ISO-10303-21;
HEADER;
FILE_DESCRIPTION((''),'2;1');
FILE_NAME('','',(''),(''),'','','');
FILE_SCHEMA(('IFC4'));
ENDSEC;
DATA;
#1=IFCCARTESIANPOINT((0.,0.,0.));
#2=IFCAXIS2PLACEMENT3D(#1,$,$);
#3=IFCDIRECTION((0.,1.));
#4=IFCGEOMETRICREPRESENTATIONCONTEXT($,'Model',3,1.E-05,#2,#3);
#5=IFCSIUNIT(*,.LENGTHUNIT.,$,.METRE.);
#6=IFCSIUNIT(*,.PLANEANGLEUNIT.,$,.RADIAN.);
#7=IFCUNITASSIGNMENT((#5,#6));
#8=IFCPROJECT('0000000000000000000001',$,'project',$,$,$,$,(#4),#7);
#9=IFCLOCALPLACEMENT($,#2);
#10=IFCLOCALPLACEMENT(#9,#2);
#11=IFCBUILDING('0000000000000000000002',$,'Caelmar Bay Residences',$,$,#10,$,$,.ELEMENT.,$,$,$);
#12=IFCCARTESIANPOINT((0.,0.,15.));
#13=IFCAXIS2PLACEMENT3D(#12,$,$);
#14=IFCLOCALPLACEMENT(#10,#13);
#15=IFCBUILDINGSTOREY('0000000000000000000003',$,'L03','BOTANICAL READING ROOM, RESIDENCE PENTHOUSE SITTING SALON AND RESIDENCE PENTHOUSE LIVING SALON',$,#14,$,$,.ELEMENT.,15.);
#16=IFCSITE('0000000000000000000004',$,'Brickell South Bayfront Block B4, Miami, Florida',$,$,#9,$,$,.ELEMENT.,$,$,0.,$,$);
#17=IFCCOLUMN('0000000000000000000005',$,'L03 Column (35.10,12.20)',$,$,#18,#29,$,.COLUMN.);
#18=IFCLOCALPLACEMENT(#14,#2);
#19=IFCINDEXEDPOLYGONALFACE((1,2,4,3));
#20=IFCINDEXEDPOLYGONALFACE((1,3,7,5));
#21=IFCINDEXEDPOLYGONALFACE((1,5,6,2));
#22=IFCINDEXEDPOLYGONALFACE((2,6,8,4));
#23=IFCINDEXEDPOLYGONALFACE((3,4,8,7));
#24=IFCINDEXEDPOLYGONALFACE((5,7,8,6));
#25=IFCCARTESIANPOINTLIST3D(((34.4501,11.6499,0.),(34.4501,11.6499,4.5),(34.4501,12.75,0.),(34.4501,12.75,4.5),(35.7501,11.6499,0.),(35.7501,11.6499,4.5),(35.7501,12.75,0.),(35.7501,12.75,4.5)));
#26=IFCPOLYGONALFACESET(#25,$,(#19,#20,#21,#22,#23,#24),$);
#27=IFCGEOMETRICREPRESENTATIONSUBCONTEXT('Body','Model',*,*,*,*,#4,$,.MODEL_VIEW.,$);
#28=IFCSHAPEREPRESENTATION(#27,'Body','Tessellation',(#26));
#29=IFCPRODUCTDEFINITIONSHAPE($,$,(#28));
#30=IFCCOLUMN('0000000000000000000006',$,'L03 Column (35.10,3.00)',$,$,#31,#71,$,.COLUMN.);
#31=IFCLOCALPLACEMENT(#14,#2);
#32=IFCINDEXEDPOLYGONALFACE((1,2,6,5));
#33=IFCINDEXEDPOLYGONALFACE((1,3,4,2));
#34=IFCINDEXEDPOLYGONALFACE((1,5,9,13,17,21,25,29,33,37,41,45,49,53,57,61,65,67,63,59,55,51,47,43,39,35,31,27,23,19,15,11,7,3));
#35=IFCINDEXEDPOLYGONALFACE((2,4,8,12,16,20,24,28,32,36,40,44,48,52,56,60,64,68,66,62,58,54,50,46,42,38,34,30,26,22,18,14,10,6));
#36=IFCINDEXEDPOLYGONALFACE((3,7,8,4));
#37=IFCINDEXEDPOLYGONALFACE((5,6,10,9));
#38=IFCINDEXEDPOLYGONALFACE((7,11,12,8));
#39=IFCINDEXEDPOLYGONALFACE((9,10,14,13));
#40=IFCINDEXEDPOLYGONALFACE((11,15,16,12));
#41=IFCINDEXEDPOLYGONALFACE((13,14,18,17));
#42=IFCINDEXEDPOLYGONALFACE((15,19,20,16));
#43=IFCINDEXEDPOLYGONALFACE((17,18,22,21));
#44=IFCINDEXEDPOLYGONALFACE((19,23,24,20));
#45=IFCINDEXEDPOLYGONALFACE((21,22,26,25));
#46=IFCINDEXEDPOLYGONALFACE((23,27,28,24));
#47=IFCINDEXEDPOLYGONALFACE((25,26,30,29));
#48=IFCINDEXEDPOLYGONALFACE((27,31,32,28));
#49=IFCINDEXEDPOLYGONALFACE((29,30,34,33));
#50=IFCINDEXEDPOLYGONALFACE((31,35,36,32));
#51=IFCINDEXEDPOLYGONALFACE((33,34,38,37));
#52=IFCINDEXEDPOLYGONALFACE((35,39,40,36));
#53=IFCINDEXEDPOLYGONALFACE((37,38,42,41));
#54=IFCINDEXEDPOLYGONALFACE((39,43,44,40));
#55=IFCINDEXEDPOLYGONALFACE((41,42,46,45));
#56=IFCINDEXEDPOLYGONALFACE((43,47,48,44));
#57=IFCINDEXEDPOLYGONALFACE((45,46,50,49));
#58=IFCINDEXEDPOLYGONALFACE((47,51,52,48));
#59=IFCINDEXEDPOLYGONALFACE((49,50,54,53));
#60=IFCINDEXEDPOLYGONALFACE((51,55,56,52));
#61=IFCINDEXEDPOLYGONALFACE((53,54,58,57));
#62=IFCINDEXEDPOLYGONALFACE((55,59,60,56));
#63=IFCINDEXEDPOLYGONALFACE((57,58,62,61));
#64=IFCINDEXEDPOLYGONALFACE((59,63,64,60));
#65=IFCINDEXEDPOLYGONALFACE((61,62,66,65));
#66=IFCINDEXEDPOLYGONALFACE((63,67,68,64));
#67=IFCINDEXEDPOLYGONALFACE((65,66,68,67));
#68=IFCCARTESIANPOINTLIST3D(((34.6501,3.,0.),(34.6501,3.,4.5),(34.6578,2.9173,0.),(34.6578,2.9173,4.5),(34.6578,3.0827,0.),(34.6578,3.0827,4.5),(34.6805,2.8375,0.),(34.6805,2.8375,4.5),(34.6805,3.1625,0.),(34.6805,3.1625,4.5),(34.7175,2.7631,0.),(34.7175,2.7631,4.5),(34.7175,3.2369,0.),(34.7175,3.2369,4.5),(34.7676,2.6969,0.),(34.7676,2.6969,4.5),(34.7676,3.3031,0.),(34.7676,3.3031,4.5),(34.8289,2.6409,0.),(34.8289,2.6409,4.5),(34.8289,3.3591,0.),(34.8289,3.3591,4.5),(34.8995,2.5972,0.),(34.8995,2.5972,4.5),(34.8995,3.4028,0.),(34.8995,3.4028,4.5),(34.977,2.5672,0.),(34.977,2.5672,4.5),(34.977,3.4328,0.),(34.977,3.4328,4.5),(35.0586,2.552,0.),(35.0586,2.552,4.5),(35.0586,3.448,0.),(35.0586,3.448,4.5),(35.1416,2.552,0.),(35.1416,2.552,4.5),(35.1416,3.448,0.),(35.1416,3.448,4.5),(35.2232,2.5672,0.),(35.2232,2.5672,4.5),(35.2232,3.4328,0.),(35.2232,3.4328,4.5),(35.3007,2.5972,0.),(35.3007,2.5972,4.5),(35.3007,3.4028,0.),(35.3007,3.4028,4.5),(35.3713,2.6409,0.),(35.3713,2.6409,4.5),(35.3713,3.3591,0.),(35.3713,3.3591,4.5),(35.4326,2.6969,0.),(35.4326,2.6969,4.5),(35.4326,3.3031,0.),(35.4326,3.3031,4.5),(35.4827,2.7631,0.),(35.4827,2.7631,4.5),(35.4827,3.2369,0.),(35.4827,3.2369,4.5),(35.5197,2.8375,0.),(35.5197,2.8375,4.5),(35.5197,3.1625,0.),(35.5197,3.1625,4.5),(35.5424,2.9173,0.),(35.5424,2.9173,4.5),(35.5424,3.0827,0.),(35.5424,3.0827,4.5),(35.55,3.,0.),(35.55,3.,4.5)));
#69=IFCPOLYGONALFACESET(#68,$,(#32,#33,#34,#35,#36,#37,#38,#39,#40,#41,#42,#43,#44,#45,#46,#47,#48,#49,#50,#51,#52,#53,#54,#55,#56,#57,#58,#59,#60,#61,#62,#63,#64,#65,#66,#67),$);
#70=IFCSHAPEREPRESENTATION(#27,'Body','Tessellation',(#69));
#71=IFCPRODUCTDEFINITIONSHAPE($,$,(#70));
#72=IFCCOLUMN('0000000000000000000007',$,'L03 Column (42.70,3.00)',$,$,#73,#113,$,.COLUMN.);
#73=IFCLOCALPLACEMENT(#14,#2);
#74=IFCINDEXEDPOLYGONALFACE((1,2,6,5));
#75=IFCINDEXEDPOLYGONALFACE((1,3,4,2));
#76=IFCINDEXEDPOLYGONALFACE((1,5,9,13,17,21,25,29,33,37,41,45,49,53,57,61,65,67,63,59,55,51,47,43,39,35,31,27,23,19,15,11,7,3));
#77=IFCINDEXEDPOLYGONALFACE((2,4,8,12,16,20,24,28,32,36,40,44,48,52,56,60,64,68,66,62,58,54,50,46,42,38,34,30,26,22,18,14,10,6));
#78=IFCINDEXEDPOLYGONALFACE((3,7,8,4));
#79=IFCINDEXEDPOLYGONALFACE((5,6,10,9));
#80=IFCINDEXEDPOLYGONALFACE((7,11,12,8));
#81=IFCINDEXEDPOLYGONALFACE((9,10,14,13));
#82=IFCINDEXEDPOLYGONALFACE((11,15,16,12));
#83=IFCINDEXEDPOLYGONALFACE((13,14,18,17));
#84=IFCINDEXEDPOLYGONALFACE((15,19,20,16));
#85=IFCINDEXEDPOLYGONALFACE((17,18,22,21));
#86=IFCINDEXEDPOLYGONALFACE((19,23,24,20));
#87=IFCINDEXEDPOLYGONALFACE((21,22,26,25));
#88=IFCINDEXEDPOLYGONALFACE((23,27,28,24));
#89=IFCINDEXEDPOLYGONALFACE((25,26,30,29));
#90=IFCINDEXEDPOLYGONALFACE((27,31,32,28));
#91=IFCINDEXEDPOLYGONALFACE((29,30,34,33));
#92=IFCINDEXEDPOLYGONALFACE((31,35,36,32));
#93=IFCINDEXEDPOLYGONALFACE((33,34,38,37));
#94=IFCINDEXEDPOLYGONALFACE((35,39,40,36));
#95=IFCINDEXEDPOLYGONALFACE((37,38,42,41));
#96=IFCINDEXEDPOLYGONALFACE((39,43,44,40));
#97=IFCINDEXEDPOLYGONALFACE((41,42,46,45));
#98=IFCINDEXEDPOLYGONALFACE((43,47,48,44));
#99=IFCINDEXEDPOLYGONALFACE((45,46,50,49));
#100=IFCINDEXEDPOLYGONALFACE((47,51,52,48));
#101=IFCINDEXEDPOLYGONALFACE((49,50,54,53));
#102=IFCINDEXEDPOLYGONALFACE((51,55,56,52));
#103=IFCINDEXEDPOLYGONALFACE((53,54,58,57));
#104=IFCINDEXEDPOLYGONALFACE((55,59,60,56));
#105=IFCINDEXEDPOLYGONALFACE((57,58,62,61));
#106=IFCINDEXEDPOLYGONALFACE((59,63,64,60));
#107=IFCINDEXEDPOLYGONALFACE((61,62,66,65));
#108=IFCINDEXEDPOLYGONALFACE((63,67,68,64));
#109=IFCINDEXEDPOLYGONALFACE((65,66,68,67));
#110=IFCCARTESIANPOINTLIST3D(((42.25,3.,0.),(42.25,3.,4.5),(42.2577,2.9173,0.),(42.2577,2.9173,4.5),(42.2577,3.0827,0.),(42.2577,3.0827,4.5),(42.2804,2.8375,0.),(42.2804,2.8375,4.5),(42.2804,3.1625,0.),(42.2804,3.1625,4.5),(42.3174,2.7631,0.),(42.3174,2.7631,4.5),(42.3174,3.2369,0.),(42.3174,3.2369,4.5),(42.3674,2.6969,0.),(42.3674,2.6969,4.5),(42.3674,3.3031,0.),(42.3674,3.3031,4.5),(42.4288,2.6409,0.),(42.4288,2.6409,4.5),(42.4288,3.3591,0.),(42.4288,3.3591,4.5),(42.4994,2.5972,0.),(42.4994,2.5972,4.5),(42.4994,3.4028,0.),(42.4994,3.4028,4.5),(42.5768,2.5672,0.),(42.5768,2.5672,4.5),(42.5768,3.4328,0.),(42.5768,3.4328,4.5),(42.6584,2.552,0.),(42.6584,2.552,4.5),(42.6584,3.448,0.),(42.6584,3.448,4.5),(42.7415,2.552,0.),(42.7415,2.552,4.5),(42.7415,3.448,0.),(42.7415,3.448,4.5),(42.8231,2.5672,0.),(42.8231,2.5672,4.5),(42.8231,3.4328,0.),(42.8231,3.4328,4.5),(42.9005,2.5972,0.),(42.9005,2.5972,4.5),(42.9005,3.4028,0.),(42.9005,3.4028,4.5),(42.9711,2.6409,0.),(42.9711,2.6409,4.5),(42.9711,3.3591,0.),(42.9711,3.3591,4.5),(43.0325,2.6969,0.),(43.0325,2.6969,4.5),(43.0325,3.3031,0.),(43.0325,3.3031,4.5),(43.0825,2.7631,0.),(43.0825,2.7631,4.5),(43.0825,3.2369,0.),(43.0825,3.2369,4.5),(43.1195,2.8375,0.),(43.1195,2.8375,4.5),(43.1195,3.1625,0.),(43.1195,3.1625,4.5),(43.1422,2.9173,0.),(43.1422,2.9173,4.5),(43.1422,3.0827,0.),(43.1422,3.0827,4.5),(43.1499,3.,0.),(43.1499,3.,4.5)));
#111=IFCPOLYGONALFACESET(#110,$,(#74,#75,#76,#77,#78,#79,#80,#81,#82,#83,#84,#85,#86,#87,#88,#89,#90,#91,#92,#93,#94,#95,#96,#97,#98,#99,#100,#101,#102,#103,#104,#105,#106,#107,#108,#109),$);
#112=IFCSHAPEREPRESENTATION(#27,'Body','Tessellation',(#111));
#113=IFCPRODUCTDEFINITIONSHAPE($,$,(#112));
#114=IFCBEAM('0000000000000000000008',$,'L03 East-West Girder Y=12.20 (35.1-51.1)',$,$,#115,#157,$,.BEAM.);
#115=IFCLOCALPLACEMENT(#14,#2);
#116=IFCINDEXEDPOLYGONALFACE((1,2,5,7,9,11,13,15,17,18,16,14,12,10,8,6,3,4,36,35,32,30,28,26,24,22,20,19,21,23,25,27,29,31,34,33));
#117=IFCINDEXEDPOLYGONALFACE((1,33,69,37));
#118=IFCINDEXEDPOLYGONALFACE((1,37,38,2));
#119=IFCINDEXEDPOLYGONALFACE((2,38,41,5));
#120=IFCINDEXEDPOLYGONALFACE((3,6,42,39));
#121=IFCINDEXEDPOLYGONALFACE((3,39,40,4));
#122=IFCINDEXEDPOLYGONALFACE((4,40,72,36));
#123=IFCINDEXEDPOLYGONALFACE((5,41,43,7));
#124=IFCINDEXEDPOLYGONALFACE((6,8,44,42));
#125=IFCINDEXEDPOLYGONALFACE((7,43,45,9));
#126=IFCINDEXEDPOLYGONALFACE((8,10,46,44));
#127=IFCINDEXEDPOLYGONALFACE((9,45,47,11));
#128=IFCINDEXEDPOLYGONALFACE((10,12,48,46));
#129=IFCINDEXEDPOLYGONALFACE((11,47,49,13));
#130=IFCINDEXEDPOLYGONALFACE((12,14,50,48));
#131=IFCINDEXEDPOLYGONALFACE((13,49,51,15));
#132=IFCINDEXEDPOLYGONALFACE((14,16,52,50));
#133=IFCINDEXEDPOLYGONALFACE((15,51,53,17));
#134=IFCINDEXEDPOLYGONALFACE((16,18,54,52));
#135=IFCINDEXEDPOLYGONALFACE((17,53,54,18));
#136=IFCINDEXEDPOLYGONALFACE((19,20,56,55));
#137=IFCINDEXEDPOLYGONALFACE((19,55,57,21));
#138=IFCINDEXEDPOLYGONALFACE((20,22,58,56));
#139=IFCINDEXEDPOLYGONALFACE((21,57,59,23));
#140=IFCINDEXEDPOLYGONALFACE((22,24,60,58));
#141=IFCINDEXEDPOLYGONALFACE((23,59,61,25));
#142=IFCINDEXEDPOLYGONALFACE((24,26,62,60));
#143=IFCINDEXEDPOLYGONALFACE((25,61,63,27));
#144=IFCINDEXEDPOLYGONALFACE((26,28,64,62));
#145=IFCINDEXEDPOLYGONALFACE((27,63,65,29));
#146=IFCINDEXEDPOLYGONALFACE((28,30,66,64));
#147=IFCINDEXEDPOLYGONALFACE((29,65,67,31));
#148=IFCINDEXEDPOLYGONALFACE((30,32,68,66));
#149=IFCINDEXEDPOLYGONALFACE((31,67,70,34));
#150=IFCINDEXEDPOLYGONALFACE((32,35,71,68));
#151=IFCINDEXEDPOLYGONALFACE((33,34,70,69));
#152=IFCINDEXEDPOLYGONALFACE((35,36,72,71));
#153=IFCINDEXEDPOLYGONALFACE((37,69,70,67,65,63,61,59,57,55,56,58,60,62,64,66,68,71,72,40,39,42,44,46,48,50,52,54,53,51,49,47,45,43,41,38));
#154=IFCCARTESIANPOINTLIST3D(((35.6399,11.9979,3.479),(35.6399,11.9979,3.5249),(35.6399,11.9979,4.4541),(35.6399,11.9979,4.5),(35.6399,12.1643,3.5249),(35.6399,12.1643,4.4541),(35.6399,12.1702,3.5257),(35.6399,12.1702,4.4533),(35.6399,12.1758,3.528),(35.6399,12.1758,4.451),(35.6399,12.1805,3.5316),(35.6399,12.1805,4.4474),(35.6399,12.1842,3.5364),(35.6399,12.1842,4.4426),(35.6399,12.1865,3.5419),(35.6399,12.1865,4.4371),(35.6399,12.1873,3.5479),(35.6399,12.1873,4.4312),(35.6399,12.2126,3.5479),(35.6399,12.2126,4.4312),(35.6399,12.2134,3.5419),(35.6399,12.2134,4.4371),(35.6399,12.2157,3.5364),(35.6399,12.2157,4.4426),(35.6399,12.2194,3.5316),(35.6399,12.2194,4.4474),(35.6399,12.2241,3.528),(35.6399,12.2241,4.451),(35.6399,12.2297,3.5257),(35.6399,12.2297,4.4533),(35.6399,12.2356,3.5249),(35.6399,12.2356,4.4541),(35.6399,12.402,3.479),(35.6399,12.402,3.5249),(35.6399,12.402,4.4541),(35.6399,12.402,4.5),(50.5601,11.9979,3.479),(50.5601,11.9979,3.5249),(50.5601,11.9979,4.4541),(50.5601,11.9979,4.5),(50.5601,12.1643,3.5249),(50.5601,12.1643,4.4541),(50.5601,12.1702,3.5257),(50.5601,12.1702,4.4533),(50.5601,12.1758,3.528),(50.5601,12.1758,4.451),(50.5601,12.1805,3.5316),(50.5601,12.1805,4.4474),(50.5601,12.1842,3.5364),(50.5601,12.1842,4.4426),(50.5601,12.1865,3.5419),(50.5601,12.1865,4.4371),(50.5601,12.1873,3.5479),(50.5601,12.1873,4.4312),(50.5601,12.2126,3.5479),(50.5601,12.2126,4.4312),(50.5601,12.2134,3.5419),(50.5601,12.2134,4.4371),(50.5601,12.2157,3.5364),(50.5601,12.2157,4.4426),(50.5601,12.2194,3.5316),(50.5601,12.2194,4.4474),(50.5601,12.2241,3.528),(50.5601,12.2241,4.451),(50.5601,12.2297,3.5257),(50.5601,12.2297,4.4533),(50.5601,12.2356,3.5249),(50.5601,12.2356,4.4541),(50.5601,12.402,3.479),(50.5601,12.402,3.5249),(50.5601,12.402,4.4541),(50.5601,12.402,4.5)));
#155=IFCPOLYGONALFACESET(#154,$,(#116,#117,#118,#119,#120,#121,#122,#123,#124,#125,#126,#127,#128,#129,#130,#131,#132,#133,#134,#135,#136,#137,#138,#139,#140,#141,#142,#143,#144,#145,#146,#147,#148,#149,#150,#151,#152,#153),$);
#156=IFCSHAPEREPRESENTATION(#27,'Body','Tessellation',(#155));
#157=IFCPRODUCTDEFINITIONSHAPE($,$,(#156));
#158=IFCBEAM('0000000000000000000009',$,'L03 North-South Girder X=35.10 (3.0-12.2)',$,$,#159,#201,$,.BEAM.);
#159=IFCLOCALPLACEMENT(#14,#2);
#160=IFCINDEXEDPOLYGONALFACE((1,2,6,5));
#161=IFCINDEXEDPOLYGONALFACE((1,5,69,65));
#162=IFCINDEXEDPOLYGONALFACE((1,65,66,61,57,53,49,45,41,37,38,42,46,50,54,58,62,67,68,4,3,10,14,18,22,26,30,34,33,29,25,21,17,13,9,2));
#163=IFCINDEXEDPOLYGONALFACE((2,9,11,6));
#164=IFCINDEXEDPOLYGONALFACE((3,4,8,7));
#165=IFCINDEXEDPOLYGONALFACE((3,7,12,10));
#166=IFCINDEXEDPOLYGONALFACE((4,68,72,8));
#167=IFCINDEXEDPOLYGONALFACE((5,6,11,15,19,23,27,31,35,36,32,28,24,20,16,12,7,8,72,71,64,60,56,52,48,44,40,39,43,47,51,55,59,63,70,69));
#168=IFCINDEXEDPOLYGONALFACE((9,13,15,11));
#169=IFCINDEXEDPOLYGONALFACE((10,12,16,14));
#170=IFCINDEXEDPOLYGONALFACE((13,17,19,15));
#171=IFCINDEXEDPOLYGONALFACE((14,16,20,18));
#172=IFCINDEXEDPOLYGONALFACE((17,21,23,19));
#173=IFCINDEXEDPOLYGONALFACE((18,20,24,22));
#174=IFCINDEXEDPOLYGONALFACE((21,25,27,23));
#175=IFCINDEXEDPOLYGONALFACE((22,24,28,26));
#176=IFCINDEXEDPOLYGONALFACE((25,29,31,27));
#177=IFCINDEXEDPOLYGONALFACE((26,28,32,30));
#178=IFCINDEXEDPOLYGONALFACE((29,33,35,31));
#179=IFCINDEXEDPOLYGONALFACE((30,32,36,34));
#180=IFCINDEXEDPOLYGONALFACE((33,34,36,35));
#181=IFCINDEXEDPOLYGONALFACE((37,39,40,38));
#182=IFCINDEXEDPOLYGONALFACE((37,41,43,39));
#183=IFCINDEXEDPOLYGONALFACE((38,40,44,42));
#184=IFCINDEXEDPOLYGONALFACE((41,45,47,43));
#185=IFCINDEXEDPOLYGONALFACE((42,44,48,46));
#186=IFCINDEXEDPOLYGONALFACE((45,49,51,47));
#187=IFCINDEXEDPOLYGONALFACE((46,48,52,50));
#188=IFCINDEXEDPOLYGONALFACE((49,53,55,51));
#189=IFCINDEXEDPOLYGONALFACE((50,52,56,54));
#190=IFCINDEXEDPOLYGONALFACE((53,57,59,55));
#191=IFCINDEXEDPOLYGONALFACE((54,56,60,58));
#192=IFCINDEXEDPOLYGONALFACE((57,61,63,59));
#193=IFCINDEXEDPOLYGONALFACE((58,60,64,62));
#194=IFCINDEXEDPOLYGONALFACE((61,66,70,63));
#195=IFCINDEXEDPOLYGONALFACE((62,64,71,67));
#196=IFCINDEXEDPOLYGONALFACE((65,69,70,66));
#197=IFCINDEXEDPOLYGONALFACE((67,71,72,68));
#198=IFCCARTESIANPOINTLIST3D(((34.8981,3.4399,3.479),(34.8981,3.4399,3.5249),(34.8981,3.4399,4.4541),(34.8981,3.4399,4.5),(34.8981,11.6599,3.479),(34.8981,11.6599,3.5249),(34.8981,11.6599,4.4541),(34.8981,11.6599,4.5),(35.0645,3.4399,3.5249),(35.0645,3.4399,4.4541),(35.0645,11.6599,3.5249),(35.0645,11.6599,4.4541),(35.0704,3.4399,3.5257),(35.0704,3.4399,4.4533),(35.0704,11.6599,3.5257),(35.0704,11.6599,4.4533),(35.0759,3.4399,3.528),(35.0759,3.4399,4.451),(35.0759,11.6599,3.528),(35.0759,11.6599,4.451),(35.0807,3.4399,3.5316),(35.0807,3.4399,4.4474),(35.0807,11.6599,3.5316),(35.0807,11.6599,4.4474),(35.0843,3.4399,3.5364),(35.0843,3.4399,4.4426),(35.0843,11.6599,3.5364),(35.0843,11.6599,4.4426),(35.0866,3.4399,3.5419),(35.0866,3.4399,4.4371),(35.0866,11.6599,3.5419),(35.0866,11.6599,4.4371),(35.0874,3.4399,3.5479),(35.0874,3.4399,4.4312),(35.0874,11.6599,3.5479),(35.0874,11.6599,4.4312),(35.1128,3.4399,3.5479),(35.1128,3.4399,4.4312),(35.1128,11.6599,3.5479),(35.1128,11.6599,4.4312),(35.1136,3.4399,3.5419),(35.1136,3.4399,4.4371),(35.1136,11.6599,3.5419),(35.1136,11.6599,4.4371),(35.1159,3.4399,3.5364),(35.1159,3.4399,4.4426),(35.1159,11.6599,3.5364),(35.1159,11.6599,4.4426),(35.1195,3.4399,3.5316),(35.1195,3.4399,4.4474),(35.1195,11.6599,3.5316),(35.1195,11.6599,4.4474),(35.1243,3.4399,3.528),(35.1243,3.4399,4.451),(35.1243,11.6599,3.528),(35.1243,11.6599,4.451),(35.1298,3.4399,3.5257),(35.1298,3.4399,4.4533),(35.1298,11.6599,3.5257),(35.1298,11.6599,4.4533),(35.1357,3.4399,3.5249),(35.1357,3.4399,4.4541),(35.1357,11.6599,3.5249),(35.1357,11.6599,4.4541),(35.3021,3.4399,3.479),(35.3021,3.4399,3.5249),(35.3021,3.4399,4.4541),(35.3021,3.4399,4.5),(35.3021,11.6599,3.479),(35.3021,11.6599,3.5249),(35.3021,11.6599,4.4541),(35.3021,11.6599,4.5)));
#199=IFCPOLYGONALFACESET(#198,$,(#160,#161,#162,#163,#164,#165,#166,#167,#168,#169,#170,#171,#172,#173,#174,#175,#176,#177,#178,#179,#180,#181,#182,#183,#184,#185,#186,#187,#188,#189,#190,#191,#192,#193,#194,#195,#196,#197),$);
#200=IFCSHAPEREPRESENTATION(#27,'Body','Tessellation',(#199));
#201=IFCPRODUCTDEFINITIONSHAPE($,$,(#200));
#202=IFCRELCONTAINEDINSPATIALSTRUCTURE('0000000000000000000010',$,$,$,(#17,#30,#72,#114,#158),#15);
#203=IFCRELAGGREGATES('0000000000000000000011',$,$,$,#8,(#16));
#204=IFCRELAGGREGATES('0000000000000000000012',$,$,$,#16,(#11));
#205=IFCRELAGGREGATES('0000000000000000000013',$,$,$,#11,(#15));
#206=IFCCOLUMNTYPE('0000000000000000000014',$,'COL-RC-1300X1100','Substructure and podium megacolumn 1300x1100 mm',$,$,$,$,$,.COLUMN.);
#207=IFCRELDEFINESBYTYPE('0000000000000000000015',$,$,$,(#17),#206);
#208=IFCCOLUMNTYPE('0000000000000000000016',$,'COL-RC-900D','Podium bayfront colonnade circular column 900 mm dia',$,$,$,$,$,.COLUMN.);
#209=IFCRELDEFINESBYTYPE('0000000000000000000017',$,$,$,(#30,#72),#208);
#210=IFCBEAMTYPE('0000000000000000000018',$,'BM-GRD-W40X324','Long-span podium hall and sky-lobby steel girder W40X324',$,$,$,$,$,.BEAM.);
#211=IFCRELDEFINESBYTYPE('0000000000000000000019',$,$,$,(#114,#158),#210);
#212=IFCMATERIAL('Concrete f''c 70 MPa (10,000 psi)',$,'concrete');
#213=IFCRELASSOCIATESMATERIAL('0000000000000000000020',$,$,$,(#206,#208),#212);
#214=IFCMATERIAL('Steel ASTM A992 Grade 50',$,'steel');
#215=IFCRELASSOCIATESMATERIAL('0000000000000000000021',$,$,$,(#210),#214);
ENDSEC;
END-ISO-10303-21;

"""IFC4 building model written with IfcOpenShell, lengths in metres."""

from ifc_helpers import new_model, si_unit, direction, frame, origin, origin_2d, place, context, subcontext, project, spatial, rectangle, circle, i_section, extrude, material, material_profile, profile_set, type_object, element, save


model = new_model("IFC4")

# Units and contexts
model_context = context("Model", 3, precision=1e-05, world=origin(), true_north=direction((0.0, 1.0)))
body_context = subcontext(model_context, "Body", "Model", "MODEL_VIEW")
ifc_project = project(units=[si_unit("LENGTHUNIT", "METRE"), si_unit("PLANEANGLEUNIT", "RADIAN")], contexts=[model_context])

# Site, building, storey
site_placement = place(None, origin())
site = spatial("IfcSite", under=ifc_project, at=site_placement, Name="Brickell South Bayfront Block B4, Miami, Florida", CompositionType="ELEMENT", RefElevation=0.0)
building_placement = place(site_placement, origin())
building = spatial("IfcBuilding", under=site, at=building_placement, Name="Caelmar Bay Residences", CompositionType="ELEMENT")
storey_placement = place(building_placement, frame((0.0, 0.0, 15.0)))
storey = spatial("IfcBuildingStorey", under=building, at=storey_placement, Name="L03", Description="BOTANICAL READING ROOM, RESIDENCE PENTHOUSE SITTING SALON AND RESIDENCE PENTHOUSE LIVING SALON", CompositionType="ELEMENT", Elevation=15.0)

# Columns
ifc_material_1 = material(Name="Concrete f'c 70 MPa (10,000 psi)", Category="concrete")
ifc_material_profile_1 = material_profile(ifc_material_1, rectangle(XDim=1.3, YDim=1.1001, at=origin_2d()), Name="RC-COL-1300X1100")
ifc_profile_set_1 = profile_set([ifc_material_profile_1], Name="Concrete f'c 70 MPa (10,000 psi)")
column_type_1 = type_object("IfcColumnType", Name="COL-RC-1300X1100", Description="Substructure and podium megacolumn 1300x1100 mm", PredefinedType="COLUMN", material=ifc_profile_set_1)
column_placement = place(storey_placement, frame((35.1001, 12.2, 0.0), z_axis=(0.0, 0.0, 1.0), x_axis=(1.0, 0.0, 0.0)))
element("IfcColumn", 1, at=column_placement, inside=storey, type_object=column_type_1, Name="L03 Column (35.10,12.20)", PredefinedType="COLUMN", context=body_context, shape_type="SweptSolid", body=[
    extrude(rectangle(XDim=1.3, YDim=1.1001, at=origin_2d()), origin(), (0.0, 0.0, 1.0), 4.5),
])
ifc_material_profile_2 = material_profile(ifc_material_1, circle(Radius=0.45, at=origin_2d()), Name="RC-COL-900D")
ifc_profile_set_2 = profile_set([ifc_material_profile_2], Name="Concrete f'c 70 MPa (10,000 psi)")
column_type_2 = type_object("IfcColumnType", Name="COL-RC-900D", Description="Podium bayfront colonnade circular column 900 mm dia", PredefinedType="COLUMN", material=ifc_profile_set_2)
for number, where, z_axis, x_axis, name in (
    (2, (35.1001, 3.0, 0.0), (0.0, 0.0, 1.0), (1.0, 0.0, 0.0), "L03 Column (35.10,3.00)"),
    (3, (42.7, 3.0, 0.0), (0.0, 0.0, 1.0), (1.0, 0.0, 0.0), "L03 Column (42.70,3.00)"),
):
    element("IfcColumn", number, at=place(storey_placement, frame(where, z_axis=z_axis, x_axis=x_axis)), inside=storey, type_object=column_type_2, Name=name, PredefinedType="COLUMN", context=body_context, shape_type="SweptSolid", body=[
        extrude(circle(Radius=0.45, at=origin_2d()), origin(), (0.0, 0.0, 1.0), 4.5),
    ])

# Beams
ifc_material_2 = material(Name="Steel ASTM A992 Grade 50", Category="steel")
ifc_material_profile_3 = material_profile(ifc_material_2, i_section(OverallWidth=0.4041, OverallDepth=1.021, WebThickness=0.0254, FlangeThickness=0.0459, FilletRadius=0.0229, at=origin_2d()), Name="W40X324")
ifc_profile_set_3 = profile_set([ifc_material_profile_3], Name="Steel ASTM A992 Grade 50")
beam_type_1 = type_object("IfcBeamType", Name="BM-GRD-W40X324", Description="Long-span podium hall and sky-lobby steel girder W40X324", PredefinedType="BEAM", material=ifc_profile_set_3)
beam_1_placement = place(storey_placement, frame((35.6399, 12.2, 3.9895), z_axis=(1.0, 0.0, 0.0), x_axis=(0.0, 1.0, 0.0)))
element("IfcBeam", 4, at=beam_1_placement, inside=storey, type_object=beam_type_1, Name="L03 East-West Girder Y=12.20 (35.1-51.1)", PredefinedType="BEAM", context=body_context, shape_type="SweptSolid", body=[
    extrude(i_section(OverallWidth=0.4041, OverallDepth=1.021, WebThickness=0.0254, FlangeThickness=0.0459, FilletRadius=0.0229, at=origin_2d()), origin(), (0.0, 0.0, 1.0), 14.9202),
])
beam_2_placement = place(storey_placement, frame((35.1001, 3.4399, 3.9895), z_axis=(0.0, 1.0, 0.0), x_axis=(-1.0, 0.0, 0.0)))
element("IfcBeam", 5, at=beam_2_placement, inside=storey, type_object=beam_type_1, Name="L03 North-South Girder X=35.10 (3.0-12.2)", PredefinedType="BEAM", context=body_context, shape_type="SweptSolid", body=[
    extrude(i_section(OverallWidth=0.4041, OverallDepth=1.021, WebThickness=0.0254, FlangeThickness=0.0459, FilletRadius=0.0229, at=origin_2d()), origin(), (0.0, 0.0, 1.0), 8.22),
])

save(model, "model.ifc")
